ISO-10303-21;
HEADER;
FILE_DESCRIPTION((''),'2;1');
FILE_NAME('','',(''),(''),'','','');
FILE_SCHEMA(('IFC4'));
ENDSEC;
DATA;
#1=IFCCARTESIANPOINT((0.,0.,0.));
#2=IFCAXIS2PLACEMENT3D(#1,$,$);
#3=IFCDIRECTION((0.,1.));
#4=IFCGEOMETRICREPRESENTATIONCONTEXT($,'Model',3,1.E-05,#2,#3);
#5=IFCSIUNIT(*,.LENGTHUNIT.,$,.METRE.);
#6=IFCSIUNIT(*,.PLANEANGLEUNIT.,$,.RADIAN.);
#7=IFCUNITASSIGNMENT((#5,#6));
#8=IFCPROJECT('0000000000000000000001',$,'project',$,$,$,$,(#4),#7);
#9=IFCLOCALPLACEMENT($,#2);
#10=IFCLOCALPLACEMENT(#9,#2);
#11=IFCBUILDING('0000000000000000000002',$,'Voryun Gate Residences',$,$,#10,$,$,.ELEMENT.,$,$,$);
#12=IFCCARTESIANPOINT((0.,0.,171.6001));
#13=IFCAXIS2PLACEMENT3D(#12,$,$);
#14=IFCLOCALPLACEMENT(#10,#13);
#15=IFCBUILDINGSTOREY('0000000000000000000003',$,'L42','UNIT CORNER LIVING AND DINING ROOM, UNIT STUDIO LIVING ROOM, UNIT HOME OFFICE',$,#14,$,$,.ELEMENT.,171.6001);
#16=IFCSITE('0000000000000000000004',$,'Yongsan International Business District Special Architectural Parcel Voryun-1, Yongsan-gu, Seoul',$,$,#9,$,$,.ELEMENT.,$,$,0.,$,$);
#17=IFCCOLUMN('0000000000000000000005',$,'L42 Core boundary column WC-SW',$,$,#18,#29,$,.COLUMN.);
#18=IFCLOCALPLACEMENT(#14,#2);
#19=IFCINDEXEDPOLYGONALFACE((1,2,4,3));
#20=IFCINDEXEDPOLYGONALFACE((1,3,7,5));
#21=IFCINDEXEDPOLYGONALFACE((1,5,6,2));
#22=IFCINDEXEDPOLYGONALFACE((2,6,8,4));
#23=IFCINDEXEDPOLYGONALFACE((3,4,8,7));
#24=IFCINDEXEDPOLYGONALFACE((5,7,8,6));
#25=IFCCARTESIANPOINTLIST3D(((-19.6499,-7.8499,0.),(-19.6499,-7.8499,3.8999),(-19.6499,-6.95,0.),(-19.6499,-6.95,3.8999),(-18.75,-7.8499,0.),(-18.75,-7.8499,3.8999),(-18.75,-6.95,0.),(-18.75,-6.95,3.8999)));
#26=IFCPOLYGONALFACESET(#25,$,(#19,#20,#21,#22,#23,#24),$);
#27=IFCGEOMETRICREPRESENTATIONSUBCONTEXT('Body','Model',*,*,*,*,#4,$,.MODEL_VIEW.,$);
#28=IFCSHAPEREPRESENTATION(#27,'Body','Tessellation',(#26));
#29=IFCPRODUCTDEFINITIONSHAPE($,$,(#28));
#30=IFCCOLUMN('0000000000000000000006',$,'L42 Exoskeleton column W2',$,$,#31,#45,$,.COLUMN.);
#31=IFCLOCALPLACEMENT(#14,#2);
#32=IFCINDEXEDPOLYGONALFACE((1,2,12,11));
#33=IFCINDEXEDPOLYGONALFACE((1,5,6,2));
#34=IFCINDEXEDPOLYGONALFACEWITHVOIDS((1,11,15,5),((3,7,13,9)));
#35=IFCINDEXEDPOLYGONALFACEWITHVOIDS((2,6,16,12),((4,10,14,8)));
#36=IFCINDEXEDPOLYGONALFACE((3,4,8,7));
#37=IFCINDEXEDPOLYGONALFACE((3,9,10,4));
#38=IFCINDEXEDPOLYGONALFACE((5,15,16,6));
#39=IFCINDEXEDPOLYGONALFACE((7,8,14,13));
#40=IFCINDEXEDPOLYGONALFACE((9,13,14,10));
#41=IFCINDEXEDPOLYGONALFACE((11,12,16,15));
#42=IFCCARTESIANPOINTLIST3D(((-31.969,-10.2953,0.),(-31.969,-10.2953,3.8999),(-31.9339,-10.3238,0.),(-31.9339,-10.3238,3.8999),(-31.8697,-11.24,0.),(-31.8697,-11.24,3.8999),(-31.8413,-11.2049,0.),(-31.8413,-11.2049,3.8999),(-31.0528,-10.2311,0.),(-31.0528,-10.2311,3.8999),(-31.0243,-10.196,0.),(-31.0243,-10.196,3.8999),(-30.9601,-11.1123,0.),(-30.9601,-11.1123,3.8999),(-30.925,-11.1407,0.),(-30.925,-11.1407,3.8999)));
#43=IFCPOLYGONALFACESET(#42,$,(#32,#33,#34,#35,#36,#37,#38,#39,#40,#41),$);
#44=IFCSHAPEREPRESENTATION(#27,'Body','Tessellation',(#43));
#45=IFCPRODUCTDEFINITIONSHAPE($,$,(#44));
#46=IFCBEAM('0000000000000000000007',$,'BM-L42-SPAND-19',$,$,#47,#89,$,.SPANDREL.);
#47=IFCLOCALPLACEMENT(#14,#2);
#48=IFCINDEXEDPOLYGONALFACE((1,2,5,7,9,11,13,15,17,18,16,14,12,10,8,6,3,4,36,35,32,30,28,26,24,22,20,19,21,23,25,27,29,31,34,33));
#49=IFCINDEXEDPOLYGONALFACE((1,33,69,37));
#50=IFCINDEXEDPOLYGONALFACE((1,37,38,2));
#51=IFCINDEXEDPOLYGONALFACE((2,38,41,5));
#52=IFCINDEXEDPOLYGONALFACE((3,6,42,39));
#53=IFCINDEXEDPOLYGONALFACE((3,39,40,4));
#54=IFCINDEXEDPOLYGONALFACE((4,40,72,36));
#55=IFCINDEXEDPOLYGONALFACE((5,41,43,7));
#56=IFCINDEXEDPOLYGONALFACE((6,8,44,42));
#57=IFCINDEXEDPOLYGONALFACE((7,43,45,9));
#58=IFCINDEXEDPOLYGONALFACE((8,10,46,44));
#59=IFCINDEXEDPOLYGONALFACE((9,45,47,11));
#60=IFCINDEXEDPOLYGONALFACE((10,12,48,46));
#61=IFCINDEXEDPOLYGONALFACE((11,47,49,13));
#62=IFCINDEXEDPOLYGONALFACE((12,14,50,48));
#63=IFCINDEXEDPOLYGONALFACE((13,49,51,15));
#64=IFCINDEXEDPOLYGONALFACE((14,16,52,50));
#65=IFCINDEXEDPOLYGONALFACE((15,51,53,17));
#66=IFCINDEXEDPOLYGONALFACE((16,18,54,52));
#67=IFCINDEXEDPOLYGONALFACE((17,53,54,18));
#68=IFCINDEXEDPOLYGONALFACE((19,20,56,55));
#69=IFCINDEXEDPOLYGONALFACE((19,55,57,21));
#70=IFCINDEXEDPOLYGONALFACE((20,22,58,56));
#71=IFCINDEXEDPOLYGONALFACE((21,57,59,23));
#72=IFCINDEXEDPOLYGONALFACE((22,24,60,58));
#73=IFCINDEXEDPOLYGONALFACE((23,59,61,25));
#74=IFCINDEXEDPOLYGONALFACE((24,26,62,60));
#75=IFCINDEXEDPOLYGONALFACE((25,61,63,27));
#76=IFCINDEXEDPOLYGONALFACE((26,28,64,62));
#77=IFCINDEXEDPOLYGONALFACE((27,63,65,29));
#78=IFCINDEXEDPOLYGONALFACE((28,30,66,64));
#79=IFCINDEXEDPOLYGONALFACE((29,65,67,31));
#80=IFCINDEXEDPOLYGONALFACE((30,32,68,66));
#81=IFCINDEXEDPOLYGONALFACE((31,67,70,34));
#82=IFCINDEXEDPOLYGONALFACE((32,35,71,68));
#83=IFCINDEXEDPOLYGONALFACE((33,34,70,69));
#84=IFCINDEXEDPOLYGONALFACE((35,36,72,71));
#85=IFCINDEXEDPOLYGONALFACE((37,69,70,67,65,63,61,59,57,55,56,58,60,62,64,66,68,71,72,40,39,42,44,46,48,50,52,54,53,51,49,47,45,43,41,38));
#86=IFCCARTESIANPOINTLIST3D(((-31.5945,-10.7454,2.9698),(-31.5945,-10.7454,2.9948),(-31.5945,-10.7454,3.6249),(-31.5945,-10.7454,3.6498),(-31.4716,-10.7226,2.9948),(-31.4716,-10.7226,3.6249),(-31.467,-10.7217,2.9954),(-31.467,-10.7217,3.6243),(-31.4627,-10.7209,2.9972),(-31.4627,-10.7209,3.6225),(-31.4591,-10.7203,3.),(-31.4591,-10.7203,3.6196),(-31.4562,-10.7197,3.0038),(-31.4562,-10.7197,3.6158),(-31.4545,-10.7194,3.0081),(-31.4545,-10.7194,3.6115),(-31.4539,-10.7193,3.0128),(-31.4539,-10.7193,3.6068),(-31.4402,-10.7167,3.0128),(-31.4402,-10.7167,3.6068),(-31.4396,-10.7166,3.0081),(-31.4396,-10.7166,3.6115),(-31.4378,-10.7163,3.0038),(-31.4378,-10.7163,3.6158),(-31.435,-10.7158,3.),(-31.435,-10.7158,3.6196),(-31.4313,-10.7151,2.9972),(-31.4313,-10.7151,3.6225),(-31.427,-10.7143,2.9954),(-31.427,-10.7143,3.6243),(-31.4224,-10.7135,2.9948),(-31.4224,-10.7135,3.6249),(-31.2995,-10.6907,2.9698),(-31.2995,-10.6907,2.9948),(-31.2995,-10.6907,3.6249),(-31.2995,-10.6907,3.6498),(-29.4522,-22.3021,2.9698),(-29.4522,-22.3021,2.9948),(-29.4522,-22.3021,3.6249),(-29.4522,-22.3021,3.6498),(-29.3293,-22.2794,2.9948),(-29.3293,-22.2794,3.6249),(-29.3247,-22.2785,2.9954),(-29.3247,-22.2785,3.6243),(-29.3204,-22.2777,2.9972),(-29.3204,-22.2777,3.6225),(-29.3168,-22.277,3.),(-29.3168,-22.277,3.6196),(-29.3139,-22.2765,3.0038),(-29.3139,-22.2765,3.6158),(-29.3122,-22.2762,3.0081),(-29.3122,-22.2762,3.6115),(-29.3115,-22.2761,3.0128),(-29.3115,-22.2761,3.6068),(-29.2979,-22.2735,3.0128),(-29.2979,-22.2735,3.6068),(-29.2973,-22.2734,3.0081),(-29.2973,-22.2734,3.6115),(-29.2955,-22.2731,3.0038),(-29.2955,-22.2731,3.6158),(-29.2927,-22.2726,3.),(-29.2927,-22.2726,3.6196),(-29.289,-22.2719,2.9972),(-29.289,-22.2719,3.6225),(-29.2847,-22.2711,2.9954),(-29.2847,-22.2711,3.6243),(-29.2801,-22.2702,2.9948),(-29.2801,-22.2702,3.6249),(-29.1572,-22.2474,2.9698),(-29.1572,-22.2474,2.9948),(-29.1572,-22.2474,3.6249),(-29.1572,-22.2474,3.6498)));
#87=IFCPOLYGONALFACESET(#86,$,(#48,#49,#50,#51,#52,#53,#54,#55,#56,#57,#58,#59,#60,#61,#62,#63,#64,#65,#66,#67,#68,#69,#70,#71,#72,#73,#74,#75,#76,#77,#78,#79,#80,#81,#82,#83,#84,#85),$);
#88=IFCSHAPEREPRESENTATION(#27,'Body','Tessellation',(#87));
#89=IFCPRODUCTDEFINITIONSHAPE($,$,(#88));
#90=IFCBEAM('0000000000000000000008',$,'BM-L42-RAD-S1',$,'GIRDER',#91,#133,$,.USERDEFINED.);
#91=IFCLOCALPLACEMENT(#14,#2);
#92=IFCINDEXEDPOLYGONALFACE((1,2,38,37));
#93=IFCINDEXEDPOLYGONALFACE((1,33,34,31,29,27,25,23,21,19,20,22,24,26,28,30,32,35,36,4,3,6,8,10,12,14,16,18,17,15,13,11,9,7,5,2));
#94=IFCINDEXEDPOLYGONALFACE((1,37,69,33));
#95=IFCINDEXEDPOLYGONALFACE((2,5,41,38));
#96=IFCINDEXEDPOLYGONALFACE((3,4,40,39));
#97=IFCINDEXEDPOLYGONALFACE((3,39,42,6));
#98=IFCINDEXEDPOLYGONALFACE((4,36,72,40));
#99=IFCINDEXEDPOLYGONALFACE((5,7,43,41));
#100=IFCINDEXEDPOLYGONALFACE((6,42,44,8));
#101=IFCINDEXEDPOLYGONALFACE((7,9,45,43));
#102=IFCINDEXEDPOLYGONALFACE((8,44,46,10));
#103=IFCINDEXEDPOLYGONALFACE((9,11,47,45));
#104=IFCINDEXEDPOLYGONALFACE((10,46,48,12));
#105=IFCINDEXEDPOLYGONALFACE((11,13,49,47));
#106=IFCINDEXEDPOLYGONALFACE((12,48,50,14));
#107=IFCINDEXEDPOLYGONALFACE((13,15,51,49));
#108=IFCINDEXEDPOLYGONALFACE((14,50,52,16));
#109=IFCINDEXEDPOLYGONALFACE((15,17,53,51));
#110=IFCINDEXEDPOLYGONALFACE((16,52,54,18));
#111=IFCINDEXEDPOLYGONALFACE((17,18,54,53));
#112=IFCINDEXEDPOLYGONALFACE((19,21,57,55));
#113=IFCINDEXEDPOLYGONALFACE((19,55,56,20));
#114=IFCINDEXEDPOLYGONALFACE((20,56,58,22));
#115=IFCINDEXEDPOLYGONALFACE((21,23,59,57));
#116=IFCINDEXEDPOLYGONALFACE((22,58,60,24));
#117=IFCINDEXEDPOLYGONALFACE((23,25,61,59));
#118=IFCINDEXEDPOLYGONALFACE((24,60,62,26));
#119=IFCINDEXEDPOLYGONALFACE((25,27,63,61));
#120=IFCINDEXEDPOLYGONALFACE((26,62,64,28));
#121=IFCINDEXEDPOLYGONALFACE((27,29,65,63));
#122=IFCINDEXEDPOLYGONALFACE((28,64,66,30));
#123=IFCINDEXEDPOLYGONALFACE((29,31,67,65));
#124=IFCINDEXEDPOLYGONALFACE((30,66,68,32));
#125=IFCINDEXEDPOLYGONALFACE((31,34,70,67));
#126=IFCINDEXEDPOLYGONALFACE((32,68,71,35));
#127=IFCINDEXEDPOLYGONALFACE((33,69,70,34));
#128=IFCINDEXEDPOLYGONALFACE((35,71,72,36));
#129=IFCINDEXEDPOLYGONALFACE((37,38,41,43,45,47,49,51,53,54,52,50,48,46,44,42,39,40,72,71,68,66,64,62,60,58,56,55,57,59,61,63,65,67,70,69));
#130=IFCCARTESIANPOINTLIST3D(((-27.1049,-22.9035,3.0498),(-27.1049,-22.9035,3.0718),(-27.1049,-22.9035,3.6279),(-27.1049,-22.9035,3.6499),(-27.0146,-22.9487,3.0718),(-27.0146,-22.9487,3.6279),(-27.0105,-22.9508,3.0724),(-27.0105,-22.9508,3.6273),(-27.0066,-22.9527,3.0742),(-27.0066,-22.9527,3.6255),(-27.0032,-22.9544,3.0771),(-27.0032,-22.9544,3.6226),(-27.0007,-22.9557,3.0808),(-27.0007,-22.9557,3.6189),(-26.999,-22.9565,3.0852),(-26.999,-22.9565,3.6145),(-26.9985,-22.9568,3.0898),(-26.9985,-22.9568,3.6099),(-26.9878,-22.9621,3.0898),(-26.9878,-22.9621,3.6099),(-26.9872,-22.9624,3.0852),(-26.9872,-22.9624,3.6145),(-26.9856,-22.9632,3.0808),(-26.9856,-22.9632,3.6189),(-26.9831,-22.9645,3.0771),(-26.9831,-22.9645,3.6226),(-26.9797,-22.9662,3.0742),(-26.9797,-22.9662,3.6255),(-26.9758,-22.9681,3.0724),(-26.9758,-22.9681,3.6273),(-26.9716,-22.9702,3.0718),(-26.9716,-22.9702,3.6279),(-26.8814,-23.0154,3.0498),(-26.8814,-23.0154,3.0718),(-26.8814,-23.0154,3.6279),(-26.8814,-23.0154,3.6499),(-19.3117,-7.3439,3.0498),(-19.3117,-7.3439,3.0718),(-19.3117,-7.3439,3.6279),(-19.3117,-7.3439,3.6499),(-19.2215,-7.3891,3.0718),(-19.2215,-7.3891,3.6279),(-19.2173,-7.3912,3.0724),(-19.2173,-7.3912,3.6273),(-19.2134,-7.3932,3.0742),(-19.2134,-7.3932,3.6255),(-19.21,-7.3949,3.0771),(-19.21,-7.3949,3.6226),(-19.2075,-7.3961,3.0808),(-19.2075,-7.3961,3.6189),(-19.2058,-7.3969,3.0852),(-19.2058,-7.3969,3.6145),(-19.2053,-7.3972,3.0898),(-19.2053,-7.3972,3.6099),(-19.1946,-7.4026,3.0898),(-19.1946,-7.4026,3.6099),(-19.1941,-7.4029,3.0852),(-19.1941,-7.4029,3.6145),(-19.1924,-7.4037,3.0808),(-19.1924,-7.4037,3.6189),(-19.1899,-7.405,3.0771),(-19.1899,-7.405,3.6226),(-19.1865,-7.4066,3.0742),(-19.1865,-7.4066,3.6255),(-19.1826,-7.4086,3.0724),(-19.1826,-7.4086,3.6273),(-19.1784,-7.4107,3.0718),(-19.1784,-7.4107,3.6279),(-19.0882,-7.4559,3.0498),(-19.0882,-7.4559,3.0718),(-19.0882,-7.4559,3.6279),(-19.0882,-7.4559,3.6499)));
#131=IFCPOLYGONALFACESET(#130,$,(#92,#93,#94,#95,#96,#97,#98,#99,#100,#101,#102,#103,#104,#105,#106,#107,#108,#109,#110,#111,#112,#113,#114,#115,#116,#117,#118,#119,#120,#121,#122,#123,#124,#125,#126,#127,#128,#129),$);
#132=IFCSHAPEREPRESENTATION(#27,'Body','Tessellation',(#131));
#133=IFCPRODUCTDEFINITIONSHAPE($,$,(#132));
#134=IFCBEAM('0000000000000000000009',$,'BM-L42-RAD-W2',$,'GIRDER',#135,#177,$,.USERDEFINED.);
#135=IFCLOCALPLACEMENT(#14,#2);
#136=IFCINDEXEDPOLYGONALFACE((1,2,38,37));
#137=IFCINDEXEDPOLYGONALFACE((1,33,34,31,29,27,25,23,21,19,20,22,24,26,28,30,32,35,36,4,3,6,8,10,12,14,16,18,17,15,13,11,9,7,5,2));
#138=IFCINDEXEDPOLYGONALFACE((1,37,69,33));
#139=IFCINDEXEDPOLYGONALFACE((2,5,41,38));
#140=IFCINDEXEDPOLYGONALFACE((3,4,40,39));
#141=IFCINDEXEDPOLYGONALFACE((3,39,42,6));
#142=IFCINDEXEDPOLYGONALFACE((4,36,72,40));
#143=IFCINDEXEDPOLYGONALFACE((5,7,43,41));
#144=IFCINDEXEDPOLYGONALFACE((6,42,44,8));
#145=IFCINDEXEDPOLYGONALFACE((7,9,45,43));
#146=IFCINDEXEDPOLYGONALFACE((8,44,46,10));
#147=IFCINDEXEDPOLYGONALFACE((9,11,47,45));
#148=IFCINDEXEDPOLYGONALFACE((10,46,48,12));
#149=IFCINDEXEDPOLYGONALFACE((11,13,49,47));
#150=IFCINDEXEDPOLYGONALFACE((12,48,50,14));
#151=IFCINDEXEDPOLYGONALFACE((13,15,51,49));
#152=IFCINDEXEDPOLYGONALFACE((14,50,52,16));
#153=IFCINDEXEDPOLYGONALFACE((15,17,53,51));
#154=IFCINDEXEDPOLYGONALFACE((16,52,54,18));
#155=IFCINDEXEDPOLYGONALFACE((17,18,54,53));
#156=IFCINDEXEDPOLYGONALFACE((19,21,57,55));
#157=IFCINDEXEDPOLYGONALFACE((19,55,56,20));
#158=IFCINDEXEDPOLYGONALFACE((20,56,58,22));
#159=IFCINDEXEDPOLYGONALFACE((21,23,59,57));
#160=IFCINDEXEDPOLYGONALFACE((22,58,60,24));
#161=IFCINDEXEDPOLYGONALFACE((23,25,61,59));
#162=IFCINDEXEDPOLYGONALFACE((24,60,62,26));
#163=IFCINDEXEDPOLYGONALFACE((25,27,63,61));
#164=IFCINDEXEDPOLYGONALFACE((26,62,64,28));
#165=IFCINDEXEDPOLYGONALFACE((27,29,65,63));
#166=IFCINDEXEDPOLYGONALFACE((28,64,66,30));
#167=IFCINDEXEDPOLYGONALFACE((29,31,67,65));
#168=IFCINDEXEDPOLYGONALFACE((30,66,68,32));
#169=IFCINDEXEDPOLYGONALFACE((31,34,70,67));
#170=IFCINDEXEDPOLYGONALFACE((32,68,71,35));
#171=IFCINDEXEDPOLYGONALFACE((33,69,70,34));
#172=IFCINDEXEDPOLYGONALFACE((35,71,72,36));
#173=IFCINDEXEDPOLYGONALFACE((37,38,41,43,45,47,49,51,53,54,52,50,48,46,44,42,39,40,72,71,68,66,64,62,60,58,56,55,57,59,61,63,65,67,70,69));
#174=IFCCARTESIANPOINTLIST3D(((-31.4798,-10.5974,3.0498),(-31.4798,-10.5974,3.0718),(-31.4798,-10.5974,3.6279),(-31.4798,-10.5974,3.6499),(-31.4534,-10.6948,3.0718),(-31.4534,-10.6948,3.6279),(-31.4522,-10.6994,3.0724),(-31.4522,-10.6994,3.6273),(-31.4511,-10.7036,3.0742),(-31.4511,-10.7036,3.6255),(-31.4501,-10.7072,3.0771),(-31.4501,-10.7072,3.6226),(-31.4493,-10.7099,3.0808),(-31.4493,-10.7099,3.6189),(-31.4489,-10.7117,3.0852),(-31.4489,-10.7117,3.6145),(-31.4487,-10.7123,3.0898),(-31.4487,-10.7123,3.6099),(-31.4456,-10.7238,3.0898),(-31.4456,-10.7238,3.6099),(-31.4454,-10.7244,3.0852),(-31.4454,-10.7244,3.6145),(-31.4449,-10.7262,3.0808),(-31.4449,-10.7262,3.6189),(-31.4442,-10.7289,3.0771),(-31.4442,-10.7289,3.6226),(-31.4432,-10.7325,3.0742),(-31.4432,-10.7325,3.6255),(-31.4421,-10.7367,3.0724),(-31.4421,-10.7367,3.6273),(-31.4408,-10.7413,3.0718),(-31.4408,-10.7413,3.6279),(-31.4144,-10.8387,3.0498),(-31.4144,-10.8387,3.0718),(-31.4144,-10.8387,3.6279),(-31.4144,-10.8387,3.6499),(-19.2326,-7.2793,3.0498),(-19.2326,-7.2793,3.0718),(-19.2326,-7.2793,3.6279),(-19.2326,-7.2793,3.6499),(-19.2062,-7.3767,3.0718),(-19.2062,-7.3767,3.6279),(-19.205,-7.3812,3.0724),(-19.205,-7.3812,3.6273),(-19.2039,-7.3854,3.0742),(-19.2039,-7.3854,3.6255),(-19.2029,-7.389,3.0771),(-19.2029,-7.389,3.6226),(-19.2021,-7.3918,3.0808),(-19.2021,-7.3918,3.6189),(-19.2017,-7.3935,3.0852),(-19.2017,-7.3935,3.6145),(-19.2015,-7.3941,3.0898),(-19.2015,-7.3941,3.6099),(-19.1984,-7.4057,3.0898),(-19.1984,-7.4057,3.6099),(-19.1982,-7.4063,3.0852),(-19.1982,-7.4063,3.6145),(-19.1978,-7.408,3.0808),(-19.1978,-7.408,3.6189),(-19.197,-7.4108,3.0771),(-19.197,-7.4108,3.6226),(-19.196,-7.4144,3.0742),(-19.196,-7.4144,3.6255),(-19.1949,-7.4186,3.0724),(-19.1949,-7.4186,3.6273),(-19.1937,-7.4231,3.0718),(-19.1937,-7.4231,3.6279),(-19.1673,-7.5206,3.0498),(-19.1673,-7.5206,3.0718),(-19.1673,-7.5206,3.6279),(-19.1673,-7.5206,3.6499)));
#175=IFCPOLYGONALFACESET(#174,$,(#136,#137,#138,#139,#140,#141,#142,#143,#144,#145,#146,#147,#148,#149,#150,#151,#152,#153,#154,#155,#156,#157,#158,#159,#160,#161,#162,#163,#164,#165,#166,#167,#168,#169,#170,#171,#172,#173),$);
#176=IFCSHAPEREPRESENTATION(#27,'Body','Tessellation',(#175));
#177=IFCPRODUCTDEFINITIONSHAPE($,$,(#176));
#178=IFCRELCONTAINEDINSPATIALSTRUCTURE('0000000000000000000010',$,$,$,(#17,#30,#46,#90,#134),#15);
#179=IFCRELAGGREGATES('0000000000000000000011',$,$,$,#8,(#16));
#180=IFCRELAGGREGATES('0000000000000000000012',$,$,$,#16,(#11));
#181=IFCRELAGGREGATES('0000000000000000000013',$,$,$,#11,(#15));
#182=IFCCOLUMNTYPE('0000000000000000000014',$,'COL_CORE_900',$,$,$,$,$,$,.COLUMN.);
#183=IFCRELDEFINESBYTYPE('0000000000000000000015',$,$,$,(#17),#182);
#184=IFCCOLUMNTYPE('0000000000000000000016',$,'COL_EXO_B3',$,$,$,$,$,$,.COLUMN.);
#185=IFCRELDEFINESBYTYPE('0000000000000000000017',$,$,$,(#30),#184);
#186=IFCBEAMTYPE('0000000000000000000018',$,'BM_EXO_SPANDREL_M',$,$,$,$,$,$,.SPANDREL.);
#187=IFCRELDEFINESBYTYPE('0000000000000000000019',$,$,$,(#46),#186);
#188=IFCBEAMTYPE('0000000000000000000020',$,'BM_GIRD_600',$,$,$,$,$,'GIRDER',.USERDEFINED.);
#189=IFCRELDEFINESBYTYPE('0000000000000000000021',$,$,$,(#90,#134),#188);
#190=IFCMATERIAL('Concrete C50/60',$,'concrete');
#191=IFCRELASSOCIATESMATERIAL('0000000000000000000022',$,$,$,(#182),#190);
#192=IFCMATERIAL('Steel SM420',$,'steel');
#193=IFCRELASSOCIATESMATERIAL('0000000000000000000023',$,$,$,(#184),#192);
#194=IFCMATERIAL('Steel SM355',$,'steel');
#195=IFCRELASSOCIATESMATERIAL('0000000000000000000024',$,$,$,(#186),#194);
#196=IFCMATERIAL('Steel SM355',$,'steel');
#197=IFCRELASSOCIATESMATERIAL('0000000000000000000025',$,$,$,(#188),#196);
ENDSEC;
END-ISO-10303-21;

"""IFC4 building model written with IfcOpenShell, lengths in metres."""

from ifc_helpers import new_model, si_unit, direction, frame, origin, origin_2d, place, context, subcontext, project, spatial, rectangle, hollow_rectangle, i_section, extrude, material, material_profile, profile_set, type_object, element, save


model = new_model("IFC4")

# Units and contexts
model_context = context("Model", 3, precision=1e-05, world=origin(), true_north=direction((0.0, 1.0)))
body_context = subcontext(model_context, "Body", "Model", "MODEL_VIEW")
ifc_project = project(units=[si_unit("LENGTHUNIT", "METRE"), si_unit("PLANEANGLEUNIT", "RADIAN")], contexts=[model_context])

# Site, building, storey
site_placement = place(None, origin())
site = spatial("IfcSite", under=ifc_project, at=site_placement, Name="Yongsan International Business District Special Architectural Parcel Voryun-1, Yongsan-gu, Seoul", CompositionType="ELEMENT", RefElevation=0.0)
building_placement = place(site_placement, origin())
building = spatial("IfcBuilding", under=site, at=building_placement, Name="Voryun Gate Residences", CompositionType="ELEMENT")
storey_placement = place(building_placement, frame((0.0, 0.0, 171.6001)))
storey = spatial("IfcBuildingStorey", under=building, at=storey_placement, Name="L42", Description="UNIT CORNER LIVING AND DINING ROOM, UNIT STUDIO LIVING ROOM, UNIT HOME OFFICE", CompositionType="ELEMENT", Elevation=171.6001)

# Columns
ifc_material_1 = material(Name="Concrete C50/60", Category="concrete")
ifc_material_profile_1 = material_profile(ifc_material_1, rectangle(XDim=0.8999, YDim=0.8999, at=origin_2d()), Name="RC-900x900")
ifc_profile_set_1 = profile_set([ifc_material_profile_1], Name="Concrete C50/60")
column_type_1 = type_object("IfcColumnType", Name="COL_CORE_900", PredefinedType="COLUMN", material=ifc_profile_set_1)
column_1_placement = place(storey_placement, frame((-19.2, -7.3999, 0.0), z_axis=(0.0, 0.0, 1.0), x_axis=(1.0, 0.0, 0.0)))
element("IfcColumn", 1, at=column_1_placement, inside=storey, type_object=column_type_1, Name="L42 Core boundary column WC-SW", PredefinedType="COLUMN", context=body_context, shape_type="SweptSolid", body=[
    extrude(rectangle(XDim=0.8999, YDim=0.8999, at=origin_2d()), origin(), (0.0, 0.0, 1.0), 3.8999),
])
ifc_material_2 = material(Name="Steel SM420", Category="steel")
ifc_material_profile_2 = material_profile(ifc_material_2, hollow_rectangle(XDim=0.95, YDim=0.95, WallThickness=0.032, at=origin_2d()), Name="BOX-950x950x32")
ifc_profile_set_2 = profile_set([ifc_material_profile_2], Name="Steel SM420")
column_type_2 = type_object("IfcColumnType", Name="COL_EXO_B3", PredefinedType="COLUMN", material=ifc_profile_set_2)
column_2_placement = place(storey_placement, frame((-31.447, -10.718, 0.0), z_axis=(0.0, 0.0, 1.0), x_axis=(0.994522, 0.104528, 0.0)))
element("IfcColumn", 2, at=column_2_placement, inside=storey, type_object=column_type_2, Name="L42 Exoskeleton column W2", PredefinedType="COLUMN", context=body_context, shape_type="SweptSolid", body=[
    extrude(hollow_rectangle(XDim=0.95, YDim=0.95, WallThickness=0.032, at=origin_2d()), origin(), (0.0, 0.0, 1.0), 3.8999),
])

# Beams
ifc_material_3 = material(Name="Steel SM355", Category="steel")
ifc_material_profile_3 = material_profile(ifc_material_3, i_section(OverallWidth=0.3, OverallDepth=0.6799, WebThickness=0.0139, FlangeThickness=0.0249, FilletRadius=0.0181, at=origin_2d()), Name="H-680x300x14x25")
ifc_profile_set_3 = profile_set([ifc_material_profile_3], Name="Steel SM355")
beam_type_1 = type_object("IfcBeamType", Name="BM_EXO_SPANDREL_M", PredefinedType="SPANDREL", material=ifc_profile_set_3)
beam_1_placement = place(storey_placement, frame((-31.447, -10.718, 3.3098), z_axis=(0.182268, -0.983249, 0.0), x_axis=(0.983249, 0.182268, 0.0)))
element("IfcBeam", 3, at=beam_1_placement, inside=storey, type_object=beam_type_1, Name="BM-L42-SPAND-19", PredefinedType="SPANDREL", context=body_context, shape_type="SweptSolid", body=[
    extrude(i_section(OverallWidth=0.3, OverallDepth=0.6799, WebThickness=0.0139, FlangeThickness=0.0249, FilletRadius=0.0181, at=origin_2d()), origin(), (0.0, 0.0, 1.0), 11.7537),
])
ifc_material_4 = material(Name="Steel SM355", Category="steel")
ifc_material_profile_4 = material_profile(ifc_material_4, i_section(OverallWidth=0.25, OverallDepth=0.6001, WebThickness=0.012, FlangeThickness=0.022, FilletRadius=0.0181, at=origin_2d()), Name="H-600x250x12x22")
ifc_profile_set_4 = profile_set([ifc_material_profile_4], Name="Steel SM355")
beam_type_2 = type_object("IfcBeamType", Name="BM_GIRD_600", ElementType="GIRDER", PredefinedType="USERDEFINED", material=ifc_profile_set_4)
beam_2_placement = place(storey_placement, frame((-19.2, -7.3999, 3.3499), z_axis=(-0.447831, -0.894118, 0.0), x_axis=(0.894118, -0.447831, 0.0)))
element("IfcBeam", 4, at=beam_2_placement, inside=storey, type_object=beam_type_2, Name="BM-L42-RAD-S1", ObjectType="GIRDER", PredefinedType="USERDEFINED", context=body_context, shape_type="SweptSolid", body=[
    extrude(i_section(OverallWidth=0.25, OverallDepth=0.6001, WebThickness=0.012, FlangeThickness=0.022, FilletRadius=0.0181, at=origin_2d()), origin(), (0.0, 0.0, 1.0), 17.4021),
])
beam_3_placement = place(storey_placement, frame((-19.2, -7.3999, 3.3499), z_axis=(-0.965202, -0.261504, 0.0), x_axis=(0.261504, -0.965202, 0.0)))
element("IfcBeam", 5, at=beam_3_placement, inside=storey, type_object=beam_type_2, Name="BM-L42-RAD-W2", ObjectType="GIRDER", PredefinedType="USERDEFINED", context=body_context, shape_type="SweptSolid", body=[
    extrude(i_section(OverallWidth=0.25, OverallDepth=0.6001, WebThickness=0.012, FlangeThickness=0.022, FilletRadius=0.0181, at=origin_2d()), origin(), (0.0, 0.0, 1.0), 12.6887),
])

save(model, "model.ifc")
